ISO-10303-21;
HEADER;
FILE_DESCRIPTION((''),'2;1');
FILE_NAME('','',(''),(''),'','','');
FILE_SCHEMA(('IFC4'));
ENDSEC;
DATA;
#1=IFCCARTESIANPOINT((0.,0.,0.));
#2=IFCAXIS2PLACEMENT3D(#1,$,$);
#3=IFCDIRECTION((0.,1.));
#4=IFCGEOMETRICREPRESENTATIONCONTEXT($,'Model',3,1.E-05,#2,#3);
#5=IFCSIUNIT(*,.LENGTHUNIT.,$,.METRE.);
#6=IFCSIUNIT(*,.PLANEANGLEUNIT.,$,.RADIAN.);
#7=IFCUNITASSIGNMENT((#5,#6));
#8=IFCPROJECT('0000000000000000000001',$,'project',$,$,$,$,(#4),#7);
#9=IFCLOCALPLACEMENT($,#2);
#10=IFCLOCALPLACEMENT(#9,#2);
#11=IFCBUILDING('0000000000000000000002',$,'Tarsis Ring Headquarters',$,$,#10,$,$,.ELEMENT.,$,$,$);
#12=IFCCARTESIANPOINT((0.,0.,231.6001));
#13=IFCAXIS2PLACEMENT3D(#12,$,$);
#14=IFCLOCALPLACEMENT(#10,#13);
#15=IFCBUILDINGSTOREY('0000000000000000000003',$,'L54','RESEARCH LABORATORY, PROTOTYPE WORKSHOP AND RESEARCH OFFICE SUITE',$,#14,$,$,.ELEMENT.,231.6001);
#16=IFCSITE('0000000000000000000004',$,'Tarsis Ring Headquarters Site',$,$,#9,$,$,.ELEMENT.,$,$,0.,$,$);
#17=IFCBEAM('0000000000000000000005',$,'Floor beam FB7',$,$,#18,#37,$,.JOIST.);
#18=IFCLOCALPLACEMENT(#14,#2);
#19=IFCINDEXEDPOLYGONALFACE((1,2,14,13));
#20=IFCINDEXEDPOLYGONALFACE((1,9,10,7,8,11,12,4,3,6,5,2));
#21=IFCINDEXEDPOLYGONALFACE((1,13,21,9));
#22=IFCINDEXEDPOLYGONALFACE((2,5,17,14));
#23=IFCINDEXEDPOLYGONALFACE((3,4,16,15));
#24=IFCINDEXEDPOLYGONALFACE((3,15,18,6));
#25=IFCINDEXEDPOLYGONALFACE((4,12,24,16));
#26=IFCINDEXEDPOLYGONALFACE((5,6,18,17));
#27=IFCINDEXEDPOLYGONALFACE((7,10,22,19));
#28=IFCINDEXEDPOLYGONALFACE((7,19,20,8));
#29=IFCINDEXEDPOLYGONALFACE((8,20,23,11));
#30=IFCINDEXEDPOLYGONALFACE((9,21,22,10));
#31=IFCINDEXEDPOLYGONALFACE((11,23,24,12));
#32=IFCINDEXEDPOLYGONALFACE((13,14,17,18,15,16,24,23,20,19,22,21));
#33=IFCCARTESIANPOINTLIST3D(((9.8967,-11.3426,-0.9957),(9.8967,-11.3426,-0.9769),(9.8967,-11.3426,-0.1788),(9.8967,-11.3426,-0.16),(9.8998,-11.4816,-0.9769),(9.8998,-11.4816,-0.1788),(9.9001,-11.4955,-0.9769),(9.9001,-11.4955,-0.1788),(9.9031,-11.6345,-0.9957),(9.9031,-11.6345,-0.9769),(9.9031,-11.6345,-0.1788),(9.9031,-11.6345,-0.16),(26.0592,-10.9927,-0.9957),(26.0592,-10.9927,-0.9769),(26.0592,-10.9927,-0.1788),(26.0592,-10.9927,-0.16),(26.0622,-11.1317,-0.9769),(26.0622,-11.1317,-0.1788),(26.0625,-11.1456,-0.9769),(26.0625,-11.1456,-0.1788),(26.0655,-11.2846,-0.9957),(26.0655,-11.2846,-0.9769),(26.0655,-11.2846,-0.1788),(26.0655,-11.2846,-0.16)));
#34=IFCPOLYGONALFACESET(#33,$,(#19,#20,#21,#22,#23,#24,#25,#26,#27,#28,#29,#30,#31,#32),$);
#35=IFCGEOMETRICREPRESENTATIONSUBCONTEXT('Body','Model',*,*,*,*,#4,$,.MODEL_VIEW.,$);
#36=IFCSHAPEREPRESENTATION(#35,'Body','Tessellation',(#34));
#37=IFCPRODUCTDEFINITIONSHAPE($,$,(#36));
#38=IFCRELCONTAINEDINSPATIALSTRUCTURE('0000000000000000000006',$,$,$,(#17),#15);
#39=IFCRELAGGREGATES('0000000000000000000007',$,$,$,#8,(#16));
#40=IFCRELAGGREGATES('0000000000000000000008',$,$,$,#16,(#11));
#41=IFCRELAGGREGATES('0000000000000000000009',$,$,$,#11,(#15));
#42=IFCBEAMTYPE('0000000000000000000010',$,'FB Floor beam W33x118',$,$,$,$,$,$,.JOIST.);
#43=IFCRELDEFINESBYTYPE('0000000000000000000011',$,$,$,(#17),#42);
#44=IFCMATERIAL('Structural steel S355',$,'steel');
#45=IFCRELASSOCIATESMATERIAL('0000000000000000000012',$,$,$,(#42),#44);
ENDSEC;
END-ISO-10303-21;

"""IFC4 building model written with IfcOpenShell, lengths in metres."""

from ifc_helpers import new_model, si_unit, direction, frame, origin, origin_2d, place, context, subcontext, project, spatial, i_section, extrude, material, material_profile, profile_set, type_object, element, save


model = new_model("IFC4")

# Units and contexts
model_context = context("Model", 3, precision=1e-05, world=origin(), true_north=direction((0.0, 1.0)))
body_context = subcontext(model_context, "Body", "Model", "MODEL_VIEW")
ifc_project = project(units=[si_unit("LENGTHUNIT", "METRE"), si_unit("PLANEANGLEUNIT", "RADIAN")], contexts=[model_context])

# Site, building, storey
site_placement = place(None, origin())
site = spatial("IfcSite", under=ifc_project, at=site_placement, Name="Tarsis Ring Headquarters Site", CompositionType="ELEMENT", RefElevation=0.0)
building_placement = place(site_placement, origin())
building = spatial("IfcBuilding", under=site, at=building_placement, Name="Tarsis Ring Headquarters", CompositionType="ELEMENT")
storey_placement = place(building_placement, frame((0.0, 0.0, 231.6001)))
storey = spatial("IfcBuildingStorey", under=building, at=storey_placement, Name="L54", Description="RESEARCH LABORATORY, PROTOTYPE WORKSHOP AND RESEARCH OFFICE SUITE", CompositionType="ELEMENT", Elevation=231.6001)

# Beam
ifc_material_1 = material(Name="Structural steel S355", Category="steel")
ifc_material_profile = material_profile(ifc_material_1, i_section(OverallWidth=0.292, OverallDepth=0.8357, WebThickness=0.0139, FlangeThickness=0.0188, at=origin_2d()), Name="W33x118")
ifc_profile_set = profile_set([ifc_material_profile], Name="Structural steel S355")
beam_type = type_object("IfcBeamType", Name="FB Floor beam W33x118", PredefinedType="JOIST", material=ifc_profile_set)
beam_placement = place(storey_placement, frame((9.8999, -11.4885, -0.5779), z_axis=(0.999766, 0.021641, 0.0), x_axis=(-0.021641, 0.999766, 0.0)))
element("IfcBeam", 1, at=beam_placement, inside=storey, type_object=beam_type, Name="Floor beam FB7", PredefinedType="JOIST", context=body_context, shape_type="SweptSolid", body=[
    extrude(i_section(OverallWidth=0.292, OverallDepth=0.8357, WebThickness=0.0139, FlangeThickness=0.0188, at=origin_2d()), origin(), (0.0, 0.0, 1.0), 16.1663),
])

save(model, "model.ifc")
